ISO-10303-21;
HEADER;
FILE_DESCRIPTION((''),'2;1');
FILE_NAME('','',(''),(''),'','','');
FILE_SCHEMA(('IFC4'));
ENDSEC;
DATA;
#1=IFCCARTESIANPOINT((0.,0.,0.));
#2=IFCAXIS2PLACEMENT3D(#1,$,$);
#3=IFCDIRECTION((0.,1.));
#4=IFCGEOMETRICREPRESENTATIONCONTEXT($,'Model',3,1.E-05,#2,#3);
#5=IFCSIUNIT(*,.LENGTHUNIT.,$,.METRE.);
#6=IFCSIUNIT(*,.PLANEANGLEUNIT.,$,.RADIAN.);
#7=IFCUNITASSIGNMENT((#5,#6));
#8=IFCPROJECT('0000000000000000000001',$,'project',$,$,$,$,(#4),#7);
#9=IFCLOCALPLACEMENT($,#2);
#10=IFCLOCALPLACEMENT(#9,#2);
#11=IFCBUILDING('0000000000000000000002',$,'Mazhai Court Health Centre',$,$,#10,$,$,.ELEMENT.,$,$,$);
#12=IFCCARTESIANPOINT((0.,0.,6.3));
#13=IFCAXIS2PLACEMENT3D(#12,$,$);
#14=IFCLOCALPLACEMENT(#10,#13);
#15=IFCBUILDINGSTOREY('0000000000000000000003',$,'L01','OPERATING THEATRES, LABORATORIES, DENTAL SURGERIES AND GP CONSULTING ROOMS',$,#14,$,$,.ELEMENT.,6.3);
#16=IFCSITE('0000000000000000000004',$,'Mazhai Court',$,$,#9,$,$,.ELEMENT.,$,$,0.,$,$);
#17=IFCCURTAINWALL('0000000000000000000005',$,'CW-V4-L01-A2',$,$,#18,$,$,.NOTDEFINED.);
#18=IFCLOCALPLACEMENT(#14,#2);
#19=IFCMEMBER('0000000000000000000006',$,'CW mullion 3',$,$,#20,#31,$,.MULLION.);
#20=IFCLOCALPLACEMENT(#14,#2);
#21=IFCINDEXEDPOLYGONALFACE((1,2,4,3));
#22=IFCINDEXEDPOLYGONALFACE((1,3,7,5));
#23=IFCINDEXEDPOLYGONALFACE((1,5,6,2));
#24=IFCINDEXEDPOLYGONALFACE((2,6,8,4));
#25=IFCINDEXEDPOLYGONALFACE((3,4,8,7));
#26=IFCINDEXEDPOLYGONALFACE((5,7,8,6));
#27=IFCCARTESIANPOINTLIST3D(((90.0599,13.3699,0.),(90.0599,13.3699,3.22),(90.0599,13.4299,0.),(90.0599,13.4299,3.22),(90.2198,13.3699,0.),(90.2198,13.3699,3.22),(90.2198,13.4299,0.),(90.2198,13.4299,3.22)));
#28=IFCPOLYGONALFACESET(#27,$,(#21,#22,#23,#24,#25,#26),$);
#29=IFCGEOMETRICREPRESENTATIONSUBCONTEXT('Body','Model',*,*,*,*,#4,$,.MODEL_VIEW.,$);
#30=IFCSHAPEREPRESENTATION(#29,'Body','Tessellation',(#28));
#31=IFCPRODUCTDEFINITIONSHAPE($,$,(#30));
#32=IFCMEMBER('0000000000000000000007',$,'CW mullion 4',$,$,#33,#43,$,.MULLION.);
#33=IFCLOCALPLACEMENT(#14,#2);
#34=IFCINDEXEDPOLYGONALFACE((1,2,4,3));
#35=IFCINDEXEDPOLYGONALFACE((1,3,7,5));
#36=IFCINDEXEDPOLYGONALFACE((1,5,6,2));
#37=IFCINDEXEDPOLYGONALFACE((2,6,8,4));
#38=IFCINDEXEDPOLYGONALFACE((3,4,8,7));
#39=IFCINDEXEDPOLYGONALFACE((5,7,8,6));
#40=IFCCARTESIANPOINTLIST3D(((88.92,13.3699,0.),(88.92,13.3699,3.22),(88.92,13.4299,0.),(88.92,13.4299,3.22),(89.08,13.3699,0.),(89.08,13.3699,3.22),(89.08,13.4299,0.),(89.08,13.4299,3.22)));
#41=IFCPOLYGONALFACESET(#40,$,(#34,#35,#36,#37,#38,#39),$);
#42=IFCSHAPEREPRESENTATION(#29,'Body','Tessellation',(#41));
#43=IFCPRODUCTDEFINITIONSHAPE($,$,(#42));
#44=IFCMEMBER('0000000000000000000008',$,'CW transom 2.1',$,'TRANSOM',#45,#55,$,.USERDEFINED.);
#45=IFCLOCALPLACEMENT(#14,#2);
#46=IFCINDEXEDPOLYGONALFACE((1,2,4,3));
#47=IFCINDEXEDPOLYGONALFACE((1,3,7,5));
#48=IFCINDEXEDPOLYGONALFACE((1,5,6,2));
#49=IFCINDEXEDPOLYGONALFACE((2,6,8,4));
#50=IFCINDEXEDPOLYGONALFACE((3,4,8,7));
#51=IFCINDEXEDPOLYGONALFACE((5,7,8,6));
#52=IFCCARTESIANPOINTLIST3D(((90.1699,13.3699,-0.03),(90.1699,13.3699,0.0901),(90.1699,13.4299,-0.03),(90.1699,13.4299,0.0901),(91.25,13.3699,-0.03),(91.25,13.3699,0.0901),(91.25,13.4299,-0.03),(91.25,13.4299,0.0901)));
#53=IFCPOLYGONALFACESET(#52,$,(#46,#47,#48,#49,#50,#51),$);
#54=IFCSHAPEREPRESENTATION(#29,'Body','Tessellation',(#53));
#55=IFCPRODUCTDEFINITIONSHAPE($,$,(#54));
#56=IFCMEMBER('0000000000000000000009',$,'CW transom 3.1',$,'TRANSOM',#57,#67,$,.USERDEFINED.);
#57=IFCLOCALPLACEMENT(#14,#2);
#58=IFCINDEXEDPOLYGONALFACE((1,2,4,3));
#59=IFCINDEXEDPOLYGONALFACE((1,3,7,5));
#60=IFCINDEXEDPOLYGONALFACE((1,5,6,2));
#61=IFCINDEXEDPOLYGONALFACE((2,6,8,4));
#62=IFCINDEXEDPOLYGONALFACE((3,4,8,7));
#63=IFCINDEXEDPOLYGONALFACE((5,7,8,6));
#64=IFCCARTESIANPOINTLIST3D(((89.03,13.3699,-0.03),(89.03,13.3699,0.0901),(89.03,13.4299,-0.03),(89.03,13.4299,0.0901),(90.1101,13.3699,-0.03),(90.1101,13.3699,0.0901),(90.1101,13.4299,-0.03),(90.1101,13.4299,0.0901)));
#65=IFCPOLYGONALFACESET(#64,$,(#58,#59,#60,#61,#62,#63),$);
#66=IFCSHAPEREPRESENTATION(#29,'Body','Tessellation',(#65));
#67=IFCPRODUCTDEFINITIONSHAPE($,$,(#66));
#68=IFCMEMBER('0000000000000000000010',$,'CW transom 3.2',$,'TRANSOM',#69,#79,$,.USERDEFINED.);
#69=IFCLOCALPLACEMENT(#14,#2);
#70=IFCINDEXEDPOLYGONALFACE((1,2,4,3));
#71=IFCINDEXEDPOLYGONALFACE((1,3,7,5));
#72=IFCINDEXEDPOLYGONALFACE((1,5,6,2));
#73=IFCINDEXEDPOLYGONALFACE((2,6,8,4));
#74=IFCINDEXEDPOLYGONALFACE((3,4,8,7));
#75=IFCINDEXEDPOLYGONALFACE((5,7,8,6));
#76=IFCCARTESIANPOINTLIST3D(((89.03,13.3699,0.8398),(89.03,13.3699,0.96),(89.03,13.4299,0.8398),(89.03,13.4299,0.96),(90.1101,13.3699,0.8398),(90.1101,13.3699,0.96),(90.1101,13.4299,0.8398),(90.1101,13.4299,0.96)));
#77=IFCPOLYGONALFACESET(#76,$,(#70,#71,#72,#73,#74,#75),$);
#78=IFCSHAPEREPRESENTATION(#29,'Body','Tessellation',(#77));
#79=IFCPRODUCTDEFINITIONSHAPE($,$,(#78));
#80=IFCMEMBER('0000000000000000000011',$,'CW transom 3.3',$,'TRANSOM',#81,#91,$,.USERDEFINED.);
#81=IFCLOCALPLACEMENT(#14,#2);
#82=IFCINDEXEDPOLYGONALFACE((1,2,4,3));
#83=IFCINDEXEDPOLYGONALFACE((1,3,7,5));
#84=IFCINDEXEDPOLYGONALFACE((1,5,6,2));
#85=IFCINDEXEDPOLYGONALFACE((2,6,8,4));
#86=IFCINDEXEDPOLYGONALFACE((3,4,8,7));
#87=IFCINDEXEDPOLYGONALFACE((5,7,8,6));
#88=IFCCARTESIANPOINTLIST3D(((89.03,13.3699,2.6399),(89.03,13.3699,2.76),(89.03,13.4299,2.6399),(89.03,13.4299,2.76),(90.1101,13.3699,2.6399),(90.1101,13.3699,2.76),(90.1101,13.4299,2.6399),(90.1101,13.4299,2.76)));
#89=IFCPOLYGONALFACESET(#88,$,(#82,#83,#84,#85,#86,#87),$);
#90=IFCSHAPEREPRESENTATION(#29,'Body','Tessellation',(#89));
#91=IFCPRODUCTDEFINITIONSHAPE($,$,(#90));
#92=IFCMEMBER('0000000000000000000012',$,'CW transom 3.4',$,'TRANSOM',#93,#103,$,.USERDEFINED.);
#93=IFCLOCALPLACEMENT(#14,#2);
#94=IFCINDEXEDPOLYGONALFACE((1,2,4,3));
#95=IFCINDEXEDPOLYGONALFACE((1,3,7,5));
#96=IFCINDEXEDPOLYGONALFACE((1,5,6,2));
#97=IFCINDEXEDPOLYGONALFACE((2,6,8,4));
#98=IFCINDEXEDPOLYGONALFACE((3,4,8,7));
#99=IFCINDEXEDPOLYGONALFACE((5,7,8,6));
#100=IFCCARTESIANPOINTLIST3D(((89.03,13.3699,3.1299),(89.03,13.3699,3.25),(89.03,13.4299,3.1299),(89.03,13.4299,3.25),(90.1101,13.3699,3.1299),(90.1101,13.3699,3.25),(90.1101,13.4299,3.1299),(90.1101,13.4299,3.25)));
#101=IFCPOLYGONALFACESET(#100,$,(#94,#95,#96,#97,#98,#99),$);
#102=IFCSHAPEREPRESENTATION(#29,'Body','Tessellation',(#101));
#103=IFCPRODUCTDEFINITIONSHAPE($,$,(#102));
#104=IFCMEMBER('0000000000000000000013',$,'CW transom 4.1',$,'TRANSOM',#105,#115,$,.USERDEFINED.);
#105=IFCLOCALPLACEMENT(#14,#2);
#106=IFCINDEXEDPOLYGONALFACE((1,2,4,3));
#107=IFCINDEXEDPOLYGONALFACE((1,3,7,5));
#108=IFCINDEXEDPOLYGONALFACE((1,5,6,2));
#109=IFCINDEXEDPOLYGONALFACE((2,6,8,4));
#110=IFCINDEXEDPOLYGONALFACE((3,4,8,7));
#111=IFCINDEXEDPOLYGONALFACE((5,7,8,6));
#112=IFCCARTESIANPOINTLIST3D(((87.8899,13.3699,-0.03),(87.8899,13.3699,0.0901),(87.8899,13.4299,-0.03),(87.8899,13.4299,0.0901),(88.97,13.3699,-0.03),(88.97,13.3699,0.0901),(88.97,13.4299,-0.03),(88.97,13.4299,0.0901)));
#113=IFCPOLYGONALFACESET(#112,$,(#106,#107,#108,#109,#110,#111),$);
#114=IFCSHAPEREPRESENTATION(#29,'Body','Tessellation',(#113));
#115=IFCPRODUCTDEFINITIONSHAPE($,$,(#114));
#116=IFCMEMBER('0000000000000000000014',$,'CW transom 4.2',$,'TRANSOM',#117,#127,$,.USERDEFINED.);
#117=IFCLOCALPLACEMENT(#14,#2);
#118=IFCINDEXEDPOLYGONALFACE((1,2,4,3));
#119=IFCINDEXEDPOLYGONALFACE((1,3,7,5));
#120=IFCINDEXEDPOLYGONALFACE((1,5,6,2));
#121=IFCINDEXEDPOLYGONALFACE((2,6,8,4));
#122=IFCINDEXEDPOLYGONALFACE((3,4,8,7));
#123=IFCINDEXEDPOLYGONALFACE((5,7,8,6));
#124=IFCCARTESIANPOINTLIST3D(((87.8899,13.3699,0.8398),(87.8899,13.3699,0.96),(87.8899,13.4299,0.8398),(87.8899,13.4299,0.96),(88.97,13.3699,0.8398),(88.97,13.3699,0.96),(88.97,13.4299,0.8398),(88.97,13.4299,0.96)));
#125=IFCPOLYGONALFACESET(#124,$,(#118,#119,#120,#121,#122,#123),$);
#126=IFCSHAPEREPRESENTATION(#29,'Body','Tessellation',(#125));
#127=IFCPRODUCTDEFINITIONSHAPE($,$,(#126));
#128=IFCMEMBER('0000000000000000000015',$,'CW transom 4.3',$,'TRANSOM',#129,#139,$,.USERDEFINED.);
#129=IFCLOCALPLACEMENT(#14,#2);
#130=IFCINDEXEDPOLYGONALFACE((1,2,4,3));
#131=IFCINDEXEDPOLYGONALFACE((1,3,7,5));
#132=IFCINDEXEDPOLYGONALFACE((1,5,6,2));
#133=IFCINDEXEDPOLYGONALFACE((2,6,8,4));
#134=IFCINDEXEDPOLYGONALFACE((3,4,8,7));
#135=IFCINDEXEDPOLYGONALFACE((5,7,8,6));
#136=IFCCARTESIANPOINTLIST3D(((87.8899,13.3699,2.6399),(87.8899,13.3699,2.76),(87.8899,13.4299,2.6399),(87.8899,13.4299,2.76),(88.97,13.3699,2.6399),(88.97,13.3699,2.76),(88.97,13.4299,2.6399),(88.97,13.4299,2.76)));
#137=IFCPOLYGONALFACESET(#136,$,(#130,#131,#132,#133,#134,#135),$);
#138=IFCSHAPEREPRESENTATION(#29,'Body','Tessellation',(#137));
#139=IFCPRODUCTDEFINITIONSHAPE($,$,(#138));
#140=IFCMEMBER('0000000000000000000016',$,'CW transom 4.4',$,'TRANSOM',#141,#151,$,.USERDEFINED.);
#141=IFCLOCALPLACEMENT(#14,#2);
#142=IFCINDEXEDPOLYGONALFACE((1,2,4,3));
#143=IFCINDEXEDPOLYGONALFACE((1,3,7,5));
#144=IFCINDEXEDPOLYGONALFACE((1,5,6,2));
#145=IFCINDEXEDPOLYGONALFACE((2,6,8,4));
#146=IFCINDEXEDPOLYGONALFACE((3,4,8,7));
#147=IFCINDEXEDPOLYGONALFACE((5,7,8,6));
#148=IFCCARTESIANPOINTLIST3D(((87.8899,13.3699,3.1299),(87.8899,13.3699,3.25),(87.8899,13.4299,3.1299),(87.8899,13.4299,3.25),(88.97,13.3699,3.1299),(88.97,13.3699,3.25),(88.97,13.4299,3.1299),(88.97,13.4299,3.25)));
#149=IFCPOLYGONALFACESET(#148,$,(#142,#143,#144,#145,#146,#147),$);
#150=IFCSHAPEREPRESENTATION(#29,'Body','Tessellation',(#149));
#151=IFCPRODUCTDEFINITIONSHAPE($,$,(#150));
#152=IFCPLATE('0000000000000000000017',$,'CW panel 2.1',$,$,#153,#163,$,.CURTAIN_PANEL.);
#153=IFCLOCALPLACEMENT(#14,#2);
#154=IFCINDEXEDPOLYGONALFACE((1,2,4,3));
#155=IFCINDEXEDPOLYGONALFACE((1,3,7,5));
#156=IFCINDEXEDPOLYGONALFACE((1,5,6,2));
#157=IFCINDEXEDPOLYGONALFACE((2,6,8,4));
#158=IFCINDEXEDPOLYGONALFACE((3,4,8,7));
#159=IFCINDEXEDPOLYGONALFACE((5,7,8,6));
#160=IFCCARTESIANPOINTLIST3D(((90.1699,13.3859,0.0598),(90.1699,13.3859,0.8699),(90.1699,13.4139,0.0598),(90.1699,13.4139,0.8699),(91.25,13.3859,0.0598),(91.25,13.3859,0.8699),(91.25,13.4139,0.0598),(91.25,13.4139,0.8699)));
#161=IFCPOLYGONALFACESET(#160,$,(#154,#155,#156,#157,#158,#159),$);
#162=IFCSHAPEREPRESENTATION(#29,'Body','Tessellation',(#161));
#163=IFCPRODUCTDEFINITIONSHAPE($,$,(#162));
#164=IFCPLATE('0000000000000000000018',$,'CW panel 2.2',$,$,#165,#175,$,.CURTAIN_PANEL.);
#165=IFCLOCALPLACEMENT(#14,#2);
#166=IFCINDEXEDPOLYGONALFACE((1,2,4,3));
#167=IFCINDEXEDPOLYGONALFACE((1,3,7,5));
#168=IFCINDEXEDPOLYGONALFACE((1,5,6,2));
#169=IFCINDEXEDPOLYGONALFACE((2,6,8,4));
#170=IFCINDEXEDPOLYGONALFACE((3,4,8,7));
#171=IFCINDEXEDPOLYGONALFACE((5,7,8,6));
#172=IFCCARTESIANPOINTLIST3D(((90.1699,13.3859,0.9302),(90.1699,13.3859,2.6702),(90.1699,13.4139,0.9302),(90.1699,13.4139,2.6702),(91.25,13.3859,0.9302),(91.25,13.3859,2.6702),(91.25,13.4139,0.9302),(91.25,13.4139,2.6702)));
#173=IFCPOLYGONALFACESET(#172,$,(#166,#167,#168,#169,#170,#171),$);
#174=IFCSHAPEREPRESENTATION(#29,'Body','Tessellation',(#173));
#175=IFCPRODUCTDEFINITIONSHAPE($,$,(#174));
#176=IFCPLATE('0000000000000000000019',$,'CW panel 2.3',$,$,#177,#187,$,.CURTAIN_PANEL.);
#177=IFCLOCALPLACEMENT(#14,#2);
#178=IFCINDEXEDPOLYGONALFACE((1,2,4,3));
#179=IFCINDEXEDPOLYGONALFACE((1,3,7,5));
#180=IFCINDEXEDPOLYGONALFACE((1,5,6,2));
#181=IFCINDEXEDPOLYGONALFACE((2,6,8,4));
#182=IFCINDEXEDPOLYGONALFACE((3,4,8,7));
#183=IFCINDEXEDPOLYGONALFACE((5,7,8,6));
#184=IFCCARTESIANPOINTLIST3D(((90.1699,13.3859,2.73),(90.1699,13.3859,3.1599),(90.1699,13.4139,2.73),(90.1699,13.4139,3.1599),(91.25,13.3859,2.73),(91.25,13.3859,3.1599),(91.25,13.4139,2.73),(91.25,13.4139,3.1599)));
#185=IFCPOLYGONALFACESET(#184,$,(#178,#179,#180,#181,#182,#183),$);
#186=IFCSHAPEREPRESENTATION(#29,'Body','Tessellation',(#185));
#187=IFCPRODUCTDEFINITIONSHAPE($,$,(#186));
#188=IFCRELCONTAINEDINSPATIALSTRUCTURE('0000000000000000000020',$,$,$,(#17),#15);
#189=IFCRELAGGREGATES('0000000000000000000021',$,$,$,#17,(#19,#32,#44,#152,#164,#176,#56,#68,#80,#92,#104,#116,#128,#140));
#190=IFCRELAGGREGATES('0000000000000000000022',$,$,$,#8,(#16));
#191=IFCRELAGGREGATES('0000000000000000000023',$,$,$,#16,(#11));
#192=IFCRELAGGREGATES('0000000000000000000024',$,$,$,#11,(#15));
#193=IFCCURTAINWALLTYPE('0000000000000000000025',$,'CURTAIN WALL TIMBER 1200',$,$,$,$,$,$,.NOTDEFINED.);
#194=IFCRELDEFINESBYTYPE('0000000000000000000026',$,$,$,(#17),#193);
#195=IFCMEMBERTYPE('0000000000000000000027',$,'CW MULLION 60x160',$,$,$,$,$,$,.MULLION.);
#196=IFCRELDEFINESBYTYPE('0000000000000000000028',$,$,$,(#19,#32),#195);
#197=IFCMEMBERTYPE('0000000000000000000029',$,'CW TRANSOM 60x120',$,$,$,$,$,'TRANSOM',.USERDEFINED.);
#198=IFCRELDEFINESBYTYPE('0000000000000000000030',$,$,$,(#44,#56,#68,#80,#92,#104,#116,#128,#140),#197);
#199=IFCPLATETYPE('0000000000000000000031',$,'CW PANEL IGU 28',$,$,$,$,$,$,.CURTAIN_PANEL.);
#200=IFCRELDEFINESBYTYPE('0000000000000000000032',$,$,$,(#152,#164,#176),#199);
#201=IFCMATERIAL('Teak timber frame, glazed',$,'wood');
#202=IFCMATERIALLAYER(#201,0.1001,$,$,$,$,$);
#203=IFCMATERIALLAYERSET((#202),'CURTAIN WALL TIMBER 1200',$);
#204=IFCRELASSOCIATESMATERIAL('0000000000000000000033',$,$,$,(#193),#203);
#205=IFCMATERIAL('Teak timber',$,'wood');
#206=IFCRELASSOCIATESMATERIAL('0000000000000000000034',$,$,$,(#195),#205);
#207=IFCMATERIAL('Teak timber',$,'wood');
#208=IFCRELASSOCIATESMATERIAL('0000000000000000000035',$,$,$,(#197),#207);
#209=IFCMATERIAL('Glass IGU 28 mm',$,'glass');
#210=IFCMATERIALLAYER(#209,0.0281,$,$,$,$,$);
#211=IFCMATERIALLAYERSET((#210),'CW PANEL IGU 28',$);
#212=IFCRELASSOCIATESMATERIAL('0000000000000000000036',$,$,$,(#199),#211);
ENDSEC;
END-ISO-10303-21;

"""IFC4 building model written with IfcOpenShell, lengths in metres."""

from ifc_helpers import new_model, si_unit, direction, frame, origin, origin_2d, place, context, subcontext, project, spatial, rectangle, extrude, material, layer, layer_set, material_profile, profile_set, type_object, element, aggregate, save


model = new_model("IFC4")

# Units and contexts
model_context = context("Model", 3, precision=1e-05, world=origin(), true_north=direction((0.0, 1.0)))
body_context = subcontext(model_context, "Body", "Model", "MODEL_VIEW")
ifc_project = project(units=[si_unit("LENGTHUNIT", "METRE"), si_unit("PLANEANGLEUNIT", "RADIAN")], contexts=[model_context])

# Site, building, storey
site_placement = place(None, origin())
site = spatial("IfcSite", under=ifc_project, at=site_placement, Name="Mazhai Court", CompositionType="ELEMENT", RefElevation=0.0)
building_placement = place(site_placement, origin())
building = spatial("IfcBuilding", under=site, at=building_placement, Name="Mazhai Court Health Centre", CompositionType="ELEMENT")
storey_placement = place(building_placement, frame((0.0, 0.0, 6.3)))
storey = spatial("IfcBuildingStorey", under=building, at=storey_placement, Name="L01", Description="OPERATING THEATRES, LABORATORIES, DENTAL SURGERIES AND GP CONSULTING ROOMS", CompositionType="ELEMENT", Elevation=6.3)

# Curtain wall, members, plates
ifc_material_1 = material(Name="Teak timber frame, glazed", Category="wood")
ifc_layer_1 = layer(ifc_material_1, 0.1001)
ifc_layer_set_1 = layer_set([ifc_layer_1], Name="CURTAIN WALL TIMBER 1200")
curtain_wall_type = type_object("IfcCurtainWallType", Name="CURTAIN WALL TIMBER 1200", PredefinedType="NOTDEFINED", material=ifc_layer_set_1)
curtain_wall_placement = place(storey_placement, origin())
curtain_wall = element("IfcCurtainWall", 1, at=curtain_wall_placement, inside=storey, type_object=curtain_wall_type, Name="CW-V4-L01-A2", PredefinedType="NOTDEFINED")
ifc_material_2 = material(Name="Teak timber", Category="wood")
ifc_material_profile_1 = material_profile(ifc_material_2, rectangle(XDim=0.0601, YDim=0.1599, at=origin_2d()), Name="CW MULLION 60x160")
ifc_profile_set_1 = profile_set([ifc_material_profile_1], Name="Teak timber")
member_type_1 = type_object("IfcMemberType", Name="CW MULLION 60x160", PredefinedType="MULLION", material=ifc_profile_set_1)
member_1_placement = place(storey_placement, frame((90.1399, 13.3999, 0.0), z_axis=(0.0, 0.0, 1.0), x_axis=(0.0, -1.0, 0.0)))
member_1 = element("IfcMember", 2, at=member_1_placement, type_object=member_type_1, Name="CW mullion 3", PredefinedType="MULLION", context=body_context, shape_type="SweptSolid", body=[
    extrude(rectangle(XDim=0.0601, YDim=0.1599, at=origin_2d()), origin(), (0.0, 0.0, 1.0), 3.22),
])
member_2_placement = place(storey_placement, frame((89.0, 13.3999, 0.0), z_axis=(0.0, 0.0, 1.0), x_axis=(0.0, -1.0, 0.0)))
member_2 = element("IfcMember", 3, at=member_2_placement, type_object=member_type_1, Name="CW mullion 4", PredefinedType="MULLION", context=body_context, shape_type="SweptSolid", body=[
    extrude(rectangle(XDim=0.0601, YDim=0.1599, at=origin_2d()), origin(), (0.0, 0.0, 1.0), 3.22),
])
ifc_material_3 = material(Name="Teak timber", Category="wood")
ifc_material_profile_2 = material_profile(ifc_material_3, rectangle(XDim=0.0601, YDim=0.1201, at=origin_2d()), Name="CW TRANSOM 60x120")
ifc_profile_set_2 = profile_set([ifc_material_profile_2], Name="Teak timber")
member_type_2 = type_object("IfcMemberType", Name="CW TRANSOM 60x120", ElementType="TRANSOM", PredefinedType="USERDEFINED", material=ifc_profile_set_2)
member_3_placement = place(storey_placement, frame((91.25, 13.3999, 0.03), z_axis=(-1.0, 0.0, 0.0), x_axis=(0.0, -1.0, 0.0)))
member_3 = element("IfcMember", 4, at=member_3_placement, type_object=member_type_2, Name="CW transom 2.1", ObjectType="TRANSOM", PredefinedType="USERDEFINED", context=body_context, shape_type="SweptSolid", body=[
    extrude(rectangle(XDim=0.0601, YDim=0.1201, at=origin_2d()), origin(), (0.0, 0.0, 1.0), 1.0801),
])
member_4_placement = place(storey_placement, frame((90.1101, 13.3999, 0.03), z_axis=(-1.0, 0.0, 0.0), x_axis=(0.0, -1.0, 0.0)))
member_4 = element("IfcMember", 5, at=member_4_placement, type_object=member_type_2, Name="CW transom 3.1", ObjectType="TRANSOM", PredefinedType="USERDEFINED", context=body_context, shape_type="SweptSolid", body=[
    extrude(rectangle(XDim=0.0601, YDim=0.1201, at=origin_2d()), origin(), (0.0, 0.0, 1.0), 1.0801),
])
member_5_placement = place(storey_placement, frame((90.1101, 13.3999, 0.8999), z_axis=(-1.0, 0.0, 0.0), x_axis=(0.0, -1.0, 0.0)))
member_5 = element("IfcMember", 6, at=member_5_placement, type_object=member_type_2, Name="CW transom 3.2", ObjectType="TRANSOM", PredefinedType="USERDEFINED", context=body_context, shape_type="SweptSolid", body=[
    extrude(rectangle(XDim=0.0601, YDim=0.1201, at=origin_2d()), origin(), (0.0, 0.0, 1.0), 1.0801),
])
member_6_placement = place(storey_placement, frame((90.1101, 13.3999, 2.7), z_axis=(-1.0, 0.0, 0.0), x_axis=(0.0, -1.0, 0.0)))
member_6 = element("IfcMember", 7, at=member_6_placement, type_object=member_type_2, Name="CW transom 3.3", ObjectType="TRANSOM", PredefinedType="USERDEFINED", context=body_context, shape_type="SweptSolid", body=[
    extrude(rectangle(XDim=0.0601, YDim=0.1201, at=origin_2d()), origin(), (0.0, 0.0, 1.0), 1.0801),
])
member_7_placement = place(storey_placement, frame((90.1101, 13.3999, 3.1899), z_axis=(-1.0, 0.0, 0.0), x_axis=(0.0, -1.0, 0.0)))
member_7 = element("IfcMember", 8, at=member_7_placement, type_object=member_type_2, Name="CW transom 3.4", ObjectType="TRANSOM", PredefinedType="USERDEFINED", context=body_context, shape_type="SweptSolid", body=[
    extrude(rectangle(XDim=0.0601, YDim=0.1201, at=origin_2d()), origin(), (0.0, 0.0, 1.0), 1.0801),
])
member_8_placement = place(storey_placement, frame((88.97, 13.3999, 0.03), z_axis=(-1.0, 0.0, 0.0), x_axis=(0.0, -1.0, 0.0)))
member_8 = element("IfcMember", 9, at=member_8_placement, type_object=member_type_2, Name="CW transom 4.1", ObjectType="TRANSOM", PredefinedType="USERDEFINED", context=body_context, shape_type="SweptSolid", body=[
    extrude(rectangle(XDim=0.0601, YDim=0.1201, at=origin_2d()), origin(), (0.0, 0.0, 1.0), 1.0801),
])
member_9_placement = place(storey_placement, frame((88.97, 13.3999, 0.8999), z_axis=(-1.0, 0.0, 0.0), x_axis=(0.0, -1.0, 0.0)))
member_9 = element("IfcMember", 10, at=member_9_placement, type_object=member_type_2, Name="CW transom 4.2", ObjectType="TRANSOM", PredefinedType="USERDEFINED", context=body_context, shape_type="SweptSolid", body=[
    extrude(rectangle(XDim=0.0601, YDim=0.1201, at=origin_2d()), origin(), (0.0, 0.0, 1.0), 1.0801),
])
member_10_placement = place(storey_placement, frame((88.97, 13.3999, 2.7), z_axis=(-1.0, 0.0, 0.0), x_axis=(0.0, -1.0, 0.0)))
member_10 = element("IfcMember", 11, at=member_10_placement, type_object=member_type_2, Name="CW transom 4.3", ObjectType="TRANSOM", PredefinedType="USERDEFINED", context=body_context, shape_type="SweptSolid", body=[
    extrude(rectangle(XDim=0.0601, YDim=0.1201, at=origin_2d()), origin(), (0.0, 0.0, 1.0), 1.0801),
])
member_11_placement = place(storey_placement, frame((88.97, 13.3999, 3.1899), z_axis=(-1.0, 0.0, 0.0), x_axis=(0.0, -1.0, 0.0)))
member_11 = element("IfcMember", 12, at=member_11_placement, type_object=member_type_2, Name="CW transom 4.4", ObjectType="TRANSOM", PredefinedType="USERDEFINED", context=body_context, shape_type="SweptSolid", body=[
    extrude(rectangle(XDim=0.0601, YDim=0.1201, at=origin_2d()), origin(), (0.0, 0.0, 1.0), 1.0801),
])
ifc_material_4 = material(Name="Glass IGU 28 mm", Category="glass")
ifc_layer_2 = layer(ifc_material_4, 0.0281)
ifc_layer_set_2 = layer_set([ifc_layer_2], Name="CW PANEL IGU 28")
plate_type = type_object("IfcPlateType", Name="CW PANEL IGU 28", PredefinedType="CURTAIN_PANEL", material=ifc_layer_set_2)
plate_1_placement = place(storey_placement, frame((90.71, 13.3999, 0.0598), z_axis=(0.0, 0.0, 1.0), x_axis=(-1.0, 0.0, 0.0)))
plate_1 = element("IfcPlate", 13, at=plate_1_placement, type_object=plate_type, Name="CW panel 2.1", PredefinedType="CURTAIN_PANEL", context=body_context, shape_type="SweptSolid", body=[
    extrude(rectangle(XDim=1.0801, YDim=0.0281, at=origin_2d()), origin(), (0.0, 0.0, 1.0), 0.8101),
])
plate_2_placement = place(storey_placement, frame((90.71, 13.3999, 0.9302), z_axis=(0.0, 0.0, 1.0), x_axis=(-1.0, 0.0, 0.0)))
plate_2 = element("IfcPlate", 14, at=plate_2_placement, type_object=plate_type, Name="CW panel 2.2", PredefinedType="CURTAIN_PANEL", context=body_context, shape_type="SweptSolid", body=[
    extrude(rectangle(XDim=1.0801, YDim=0.0281, at=origin_2d()), origin(), (0.0, 0.0, 1.0), 1.74),
])
plate_3_placement = place(storey_placement, frame((90.71, 13.3999, 2.73), z_axis=(0.0, 0.0, 1.0), x_axis=(-1.0, 0.0, 0.0)))
plate_3 = element("IfcPlate", 15, at=plate_3_placement, type_object=plate_type, Name="CW panel 2.3", PredefinedType="CURTAIN_PANEL", context=body_context, shape_type="SweptSolid", body=[
    extrude(rectangle(XDim=1.0801, YDim=0.0281, at=origin_2d()), origin(), (0.0, 0.0, 1.0), 0.4299),
])
aggregate(curtain_wall, [member_1, member_2, member_3, plate_1, plate_2, plate_3, member_4, member_5, member_6, member_7, member_8, member_9, member_10, member_11])

save(model, "model.ifc")
